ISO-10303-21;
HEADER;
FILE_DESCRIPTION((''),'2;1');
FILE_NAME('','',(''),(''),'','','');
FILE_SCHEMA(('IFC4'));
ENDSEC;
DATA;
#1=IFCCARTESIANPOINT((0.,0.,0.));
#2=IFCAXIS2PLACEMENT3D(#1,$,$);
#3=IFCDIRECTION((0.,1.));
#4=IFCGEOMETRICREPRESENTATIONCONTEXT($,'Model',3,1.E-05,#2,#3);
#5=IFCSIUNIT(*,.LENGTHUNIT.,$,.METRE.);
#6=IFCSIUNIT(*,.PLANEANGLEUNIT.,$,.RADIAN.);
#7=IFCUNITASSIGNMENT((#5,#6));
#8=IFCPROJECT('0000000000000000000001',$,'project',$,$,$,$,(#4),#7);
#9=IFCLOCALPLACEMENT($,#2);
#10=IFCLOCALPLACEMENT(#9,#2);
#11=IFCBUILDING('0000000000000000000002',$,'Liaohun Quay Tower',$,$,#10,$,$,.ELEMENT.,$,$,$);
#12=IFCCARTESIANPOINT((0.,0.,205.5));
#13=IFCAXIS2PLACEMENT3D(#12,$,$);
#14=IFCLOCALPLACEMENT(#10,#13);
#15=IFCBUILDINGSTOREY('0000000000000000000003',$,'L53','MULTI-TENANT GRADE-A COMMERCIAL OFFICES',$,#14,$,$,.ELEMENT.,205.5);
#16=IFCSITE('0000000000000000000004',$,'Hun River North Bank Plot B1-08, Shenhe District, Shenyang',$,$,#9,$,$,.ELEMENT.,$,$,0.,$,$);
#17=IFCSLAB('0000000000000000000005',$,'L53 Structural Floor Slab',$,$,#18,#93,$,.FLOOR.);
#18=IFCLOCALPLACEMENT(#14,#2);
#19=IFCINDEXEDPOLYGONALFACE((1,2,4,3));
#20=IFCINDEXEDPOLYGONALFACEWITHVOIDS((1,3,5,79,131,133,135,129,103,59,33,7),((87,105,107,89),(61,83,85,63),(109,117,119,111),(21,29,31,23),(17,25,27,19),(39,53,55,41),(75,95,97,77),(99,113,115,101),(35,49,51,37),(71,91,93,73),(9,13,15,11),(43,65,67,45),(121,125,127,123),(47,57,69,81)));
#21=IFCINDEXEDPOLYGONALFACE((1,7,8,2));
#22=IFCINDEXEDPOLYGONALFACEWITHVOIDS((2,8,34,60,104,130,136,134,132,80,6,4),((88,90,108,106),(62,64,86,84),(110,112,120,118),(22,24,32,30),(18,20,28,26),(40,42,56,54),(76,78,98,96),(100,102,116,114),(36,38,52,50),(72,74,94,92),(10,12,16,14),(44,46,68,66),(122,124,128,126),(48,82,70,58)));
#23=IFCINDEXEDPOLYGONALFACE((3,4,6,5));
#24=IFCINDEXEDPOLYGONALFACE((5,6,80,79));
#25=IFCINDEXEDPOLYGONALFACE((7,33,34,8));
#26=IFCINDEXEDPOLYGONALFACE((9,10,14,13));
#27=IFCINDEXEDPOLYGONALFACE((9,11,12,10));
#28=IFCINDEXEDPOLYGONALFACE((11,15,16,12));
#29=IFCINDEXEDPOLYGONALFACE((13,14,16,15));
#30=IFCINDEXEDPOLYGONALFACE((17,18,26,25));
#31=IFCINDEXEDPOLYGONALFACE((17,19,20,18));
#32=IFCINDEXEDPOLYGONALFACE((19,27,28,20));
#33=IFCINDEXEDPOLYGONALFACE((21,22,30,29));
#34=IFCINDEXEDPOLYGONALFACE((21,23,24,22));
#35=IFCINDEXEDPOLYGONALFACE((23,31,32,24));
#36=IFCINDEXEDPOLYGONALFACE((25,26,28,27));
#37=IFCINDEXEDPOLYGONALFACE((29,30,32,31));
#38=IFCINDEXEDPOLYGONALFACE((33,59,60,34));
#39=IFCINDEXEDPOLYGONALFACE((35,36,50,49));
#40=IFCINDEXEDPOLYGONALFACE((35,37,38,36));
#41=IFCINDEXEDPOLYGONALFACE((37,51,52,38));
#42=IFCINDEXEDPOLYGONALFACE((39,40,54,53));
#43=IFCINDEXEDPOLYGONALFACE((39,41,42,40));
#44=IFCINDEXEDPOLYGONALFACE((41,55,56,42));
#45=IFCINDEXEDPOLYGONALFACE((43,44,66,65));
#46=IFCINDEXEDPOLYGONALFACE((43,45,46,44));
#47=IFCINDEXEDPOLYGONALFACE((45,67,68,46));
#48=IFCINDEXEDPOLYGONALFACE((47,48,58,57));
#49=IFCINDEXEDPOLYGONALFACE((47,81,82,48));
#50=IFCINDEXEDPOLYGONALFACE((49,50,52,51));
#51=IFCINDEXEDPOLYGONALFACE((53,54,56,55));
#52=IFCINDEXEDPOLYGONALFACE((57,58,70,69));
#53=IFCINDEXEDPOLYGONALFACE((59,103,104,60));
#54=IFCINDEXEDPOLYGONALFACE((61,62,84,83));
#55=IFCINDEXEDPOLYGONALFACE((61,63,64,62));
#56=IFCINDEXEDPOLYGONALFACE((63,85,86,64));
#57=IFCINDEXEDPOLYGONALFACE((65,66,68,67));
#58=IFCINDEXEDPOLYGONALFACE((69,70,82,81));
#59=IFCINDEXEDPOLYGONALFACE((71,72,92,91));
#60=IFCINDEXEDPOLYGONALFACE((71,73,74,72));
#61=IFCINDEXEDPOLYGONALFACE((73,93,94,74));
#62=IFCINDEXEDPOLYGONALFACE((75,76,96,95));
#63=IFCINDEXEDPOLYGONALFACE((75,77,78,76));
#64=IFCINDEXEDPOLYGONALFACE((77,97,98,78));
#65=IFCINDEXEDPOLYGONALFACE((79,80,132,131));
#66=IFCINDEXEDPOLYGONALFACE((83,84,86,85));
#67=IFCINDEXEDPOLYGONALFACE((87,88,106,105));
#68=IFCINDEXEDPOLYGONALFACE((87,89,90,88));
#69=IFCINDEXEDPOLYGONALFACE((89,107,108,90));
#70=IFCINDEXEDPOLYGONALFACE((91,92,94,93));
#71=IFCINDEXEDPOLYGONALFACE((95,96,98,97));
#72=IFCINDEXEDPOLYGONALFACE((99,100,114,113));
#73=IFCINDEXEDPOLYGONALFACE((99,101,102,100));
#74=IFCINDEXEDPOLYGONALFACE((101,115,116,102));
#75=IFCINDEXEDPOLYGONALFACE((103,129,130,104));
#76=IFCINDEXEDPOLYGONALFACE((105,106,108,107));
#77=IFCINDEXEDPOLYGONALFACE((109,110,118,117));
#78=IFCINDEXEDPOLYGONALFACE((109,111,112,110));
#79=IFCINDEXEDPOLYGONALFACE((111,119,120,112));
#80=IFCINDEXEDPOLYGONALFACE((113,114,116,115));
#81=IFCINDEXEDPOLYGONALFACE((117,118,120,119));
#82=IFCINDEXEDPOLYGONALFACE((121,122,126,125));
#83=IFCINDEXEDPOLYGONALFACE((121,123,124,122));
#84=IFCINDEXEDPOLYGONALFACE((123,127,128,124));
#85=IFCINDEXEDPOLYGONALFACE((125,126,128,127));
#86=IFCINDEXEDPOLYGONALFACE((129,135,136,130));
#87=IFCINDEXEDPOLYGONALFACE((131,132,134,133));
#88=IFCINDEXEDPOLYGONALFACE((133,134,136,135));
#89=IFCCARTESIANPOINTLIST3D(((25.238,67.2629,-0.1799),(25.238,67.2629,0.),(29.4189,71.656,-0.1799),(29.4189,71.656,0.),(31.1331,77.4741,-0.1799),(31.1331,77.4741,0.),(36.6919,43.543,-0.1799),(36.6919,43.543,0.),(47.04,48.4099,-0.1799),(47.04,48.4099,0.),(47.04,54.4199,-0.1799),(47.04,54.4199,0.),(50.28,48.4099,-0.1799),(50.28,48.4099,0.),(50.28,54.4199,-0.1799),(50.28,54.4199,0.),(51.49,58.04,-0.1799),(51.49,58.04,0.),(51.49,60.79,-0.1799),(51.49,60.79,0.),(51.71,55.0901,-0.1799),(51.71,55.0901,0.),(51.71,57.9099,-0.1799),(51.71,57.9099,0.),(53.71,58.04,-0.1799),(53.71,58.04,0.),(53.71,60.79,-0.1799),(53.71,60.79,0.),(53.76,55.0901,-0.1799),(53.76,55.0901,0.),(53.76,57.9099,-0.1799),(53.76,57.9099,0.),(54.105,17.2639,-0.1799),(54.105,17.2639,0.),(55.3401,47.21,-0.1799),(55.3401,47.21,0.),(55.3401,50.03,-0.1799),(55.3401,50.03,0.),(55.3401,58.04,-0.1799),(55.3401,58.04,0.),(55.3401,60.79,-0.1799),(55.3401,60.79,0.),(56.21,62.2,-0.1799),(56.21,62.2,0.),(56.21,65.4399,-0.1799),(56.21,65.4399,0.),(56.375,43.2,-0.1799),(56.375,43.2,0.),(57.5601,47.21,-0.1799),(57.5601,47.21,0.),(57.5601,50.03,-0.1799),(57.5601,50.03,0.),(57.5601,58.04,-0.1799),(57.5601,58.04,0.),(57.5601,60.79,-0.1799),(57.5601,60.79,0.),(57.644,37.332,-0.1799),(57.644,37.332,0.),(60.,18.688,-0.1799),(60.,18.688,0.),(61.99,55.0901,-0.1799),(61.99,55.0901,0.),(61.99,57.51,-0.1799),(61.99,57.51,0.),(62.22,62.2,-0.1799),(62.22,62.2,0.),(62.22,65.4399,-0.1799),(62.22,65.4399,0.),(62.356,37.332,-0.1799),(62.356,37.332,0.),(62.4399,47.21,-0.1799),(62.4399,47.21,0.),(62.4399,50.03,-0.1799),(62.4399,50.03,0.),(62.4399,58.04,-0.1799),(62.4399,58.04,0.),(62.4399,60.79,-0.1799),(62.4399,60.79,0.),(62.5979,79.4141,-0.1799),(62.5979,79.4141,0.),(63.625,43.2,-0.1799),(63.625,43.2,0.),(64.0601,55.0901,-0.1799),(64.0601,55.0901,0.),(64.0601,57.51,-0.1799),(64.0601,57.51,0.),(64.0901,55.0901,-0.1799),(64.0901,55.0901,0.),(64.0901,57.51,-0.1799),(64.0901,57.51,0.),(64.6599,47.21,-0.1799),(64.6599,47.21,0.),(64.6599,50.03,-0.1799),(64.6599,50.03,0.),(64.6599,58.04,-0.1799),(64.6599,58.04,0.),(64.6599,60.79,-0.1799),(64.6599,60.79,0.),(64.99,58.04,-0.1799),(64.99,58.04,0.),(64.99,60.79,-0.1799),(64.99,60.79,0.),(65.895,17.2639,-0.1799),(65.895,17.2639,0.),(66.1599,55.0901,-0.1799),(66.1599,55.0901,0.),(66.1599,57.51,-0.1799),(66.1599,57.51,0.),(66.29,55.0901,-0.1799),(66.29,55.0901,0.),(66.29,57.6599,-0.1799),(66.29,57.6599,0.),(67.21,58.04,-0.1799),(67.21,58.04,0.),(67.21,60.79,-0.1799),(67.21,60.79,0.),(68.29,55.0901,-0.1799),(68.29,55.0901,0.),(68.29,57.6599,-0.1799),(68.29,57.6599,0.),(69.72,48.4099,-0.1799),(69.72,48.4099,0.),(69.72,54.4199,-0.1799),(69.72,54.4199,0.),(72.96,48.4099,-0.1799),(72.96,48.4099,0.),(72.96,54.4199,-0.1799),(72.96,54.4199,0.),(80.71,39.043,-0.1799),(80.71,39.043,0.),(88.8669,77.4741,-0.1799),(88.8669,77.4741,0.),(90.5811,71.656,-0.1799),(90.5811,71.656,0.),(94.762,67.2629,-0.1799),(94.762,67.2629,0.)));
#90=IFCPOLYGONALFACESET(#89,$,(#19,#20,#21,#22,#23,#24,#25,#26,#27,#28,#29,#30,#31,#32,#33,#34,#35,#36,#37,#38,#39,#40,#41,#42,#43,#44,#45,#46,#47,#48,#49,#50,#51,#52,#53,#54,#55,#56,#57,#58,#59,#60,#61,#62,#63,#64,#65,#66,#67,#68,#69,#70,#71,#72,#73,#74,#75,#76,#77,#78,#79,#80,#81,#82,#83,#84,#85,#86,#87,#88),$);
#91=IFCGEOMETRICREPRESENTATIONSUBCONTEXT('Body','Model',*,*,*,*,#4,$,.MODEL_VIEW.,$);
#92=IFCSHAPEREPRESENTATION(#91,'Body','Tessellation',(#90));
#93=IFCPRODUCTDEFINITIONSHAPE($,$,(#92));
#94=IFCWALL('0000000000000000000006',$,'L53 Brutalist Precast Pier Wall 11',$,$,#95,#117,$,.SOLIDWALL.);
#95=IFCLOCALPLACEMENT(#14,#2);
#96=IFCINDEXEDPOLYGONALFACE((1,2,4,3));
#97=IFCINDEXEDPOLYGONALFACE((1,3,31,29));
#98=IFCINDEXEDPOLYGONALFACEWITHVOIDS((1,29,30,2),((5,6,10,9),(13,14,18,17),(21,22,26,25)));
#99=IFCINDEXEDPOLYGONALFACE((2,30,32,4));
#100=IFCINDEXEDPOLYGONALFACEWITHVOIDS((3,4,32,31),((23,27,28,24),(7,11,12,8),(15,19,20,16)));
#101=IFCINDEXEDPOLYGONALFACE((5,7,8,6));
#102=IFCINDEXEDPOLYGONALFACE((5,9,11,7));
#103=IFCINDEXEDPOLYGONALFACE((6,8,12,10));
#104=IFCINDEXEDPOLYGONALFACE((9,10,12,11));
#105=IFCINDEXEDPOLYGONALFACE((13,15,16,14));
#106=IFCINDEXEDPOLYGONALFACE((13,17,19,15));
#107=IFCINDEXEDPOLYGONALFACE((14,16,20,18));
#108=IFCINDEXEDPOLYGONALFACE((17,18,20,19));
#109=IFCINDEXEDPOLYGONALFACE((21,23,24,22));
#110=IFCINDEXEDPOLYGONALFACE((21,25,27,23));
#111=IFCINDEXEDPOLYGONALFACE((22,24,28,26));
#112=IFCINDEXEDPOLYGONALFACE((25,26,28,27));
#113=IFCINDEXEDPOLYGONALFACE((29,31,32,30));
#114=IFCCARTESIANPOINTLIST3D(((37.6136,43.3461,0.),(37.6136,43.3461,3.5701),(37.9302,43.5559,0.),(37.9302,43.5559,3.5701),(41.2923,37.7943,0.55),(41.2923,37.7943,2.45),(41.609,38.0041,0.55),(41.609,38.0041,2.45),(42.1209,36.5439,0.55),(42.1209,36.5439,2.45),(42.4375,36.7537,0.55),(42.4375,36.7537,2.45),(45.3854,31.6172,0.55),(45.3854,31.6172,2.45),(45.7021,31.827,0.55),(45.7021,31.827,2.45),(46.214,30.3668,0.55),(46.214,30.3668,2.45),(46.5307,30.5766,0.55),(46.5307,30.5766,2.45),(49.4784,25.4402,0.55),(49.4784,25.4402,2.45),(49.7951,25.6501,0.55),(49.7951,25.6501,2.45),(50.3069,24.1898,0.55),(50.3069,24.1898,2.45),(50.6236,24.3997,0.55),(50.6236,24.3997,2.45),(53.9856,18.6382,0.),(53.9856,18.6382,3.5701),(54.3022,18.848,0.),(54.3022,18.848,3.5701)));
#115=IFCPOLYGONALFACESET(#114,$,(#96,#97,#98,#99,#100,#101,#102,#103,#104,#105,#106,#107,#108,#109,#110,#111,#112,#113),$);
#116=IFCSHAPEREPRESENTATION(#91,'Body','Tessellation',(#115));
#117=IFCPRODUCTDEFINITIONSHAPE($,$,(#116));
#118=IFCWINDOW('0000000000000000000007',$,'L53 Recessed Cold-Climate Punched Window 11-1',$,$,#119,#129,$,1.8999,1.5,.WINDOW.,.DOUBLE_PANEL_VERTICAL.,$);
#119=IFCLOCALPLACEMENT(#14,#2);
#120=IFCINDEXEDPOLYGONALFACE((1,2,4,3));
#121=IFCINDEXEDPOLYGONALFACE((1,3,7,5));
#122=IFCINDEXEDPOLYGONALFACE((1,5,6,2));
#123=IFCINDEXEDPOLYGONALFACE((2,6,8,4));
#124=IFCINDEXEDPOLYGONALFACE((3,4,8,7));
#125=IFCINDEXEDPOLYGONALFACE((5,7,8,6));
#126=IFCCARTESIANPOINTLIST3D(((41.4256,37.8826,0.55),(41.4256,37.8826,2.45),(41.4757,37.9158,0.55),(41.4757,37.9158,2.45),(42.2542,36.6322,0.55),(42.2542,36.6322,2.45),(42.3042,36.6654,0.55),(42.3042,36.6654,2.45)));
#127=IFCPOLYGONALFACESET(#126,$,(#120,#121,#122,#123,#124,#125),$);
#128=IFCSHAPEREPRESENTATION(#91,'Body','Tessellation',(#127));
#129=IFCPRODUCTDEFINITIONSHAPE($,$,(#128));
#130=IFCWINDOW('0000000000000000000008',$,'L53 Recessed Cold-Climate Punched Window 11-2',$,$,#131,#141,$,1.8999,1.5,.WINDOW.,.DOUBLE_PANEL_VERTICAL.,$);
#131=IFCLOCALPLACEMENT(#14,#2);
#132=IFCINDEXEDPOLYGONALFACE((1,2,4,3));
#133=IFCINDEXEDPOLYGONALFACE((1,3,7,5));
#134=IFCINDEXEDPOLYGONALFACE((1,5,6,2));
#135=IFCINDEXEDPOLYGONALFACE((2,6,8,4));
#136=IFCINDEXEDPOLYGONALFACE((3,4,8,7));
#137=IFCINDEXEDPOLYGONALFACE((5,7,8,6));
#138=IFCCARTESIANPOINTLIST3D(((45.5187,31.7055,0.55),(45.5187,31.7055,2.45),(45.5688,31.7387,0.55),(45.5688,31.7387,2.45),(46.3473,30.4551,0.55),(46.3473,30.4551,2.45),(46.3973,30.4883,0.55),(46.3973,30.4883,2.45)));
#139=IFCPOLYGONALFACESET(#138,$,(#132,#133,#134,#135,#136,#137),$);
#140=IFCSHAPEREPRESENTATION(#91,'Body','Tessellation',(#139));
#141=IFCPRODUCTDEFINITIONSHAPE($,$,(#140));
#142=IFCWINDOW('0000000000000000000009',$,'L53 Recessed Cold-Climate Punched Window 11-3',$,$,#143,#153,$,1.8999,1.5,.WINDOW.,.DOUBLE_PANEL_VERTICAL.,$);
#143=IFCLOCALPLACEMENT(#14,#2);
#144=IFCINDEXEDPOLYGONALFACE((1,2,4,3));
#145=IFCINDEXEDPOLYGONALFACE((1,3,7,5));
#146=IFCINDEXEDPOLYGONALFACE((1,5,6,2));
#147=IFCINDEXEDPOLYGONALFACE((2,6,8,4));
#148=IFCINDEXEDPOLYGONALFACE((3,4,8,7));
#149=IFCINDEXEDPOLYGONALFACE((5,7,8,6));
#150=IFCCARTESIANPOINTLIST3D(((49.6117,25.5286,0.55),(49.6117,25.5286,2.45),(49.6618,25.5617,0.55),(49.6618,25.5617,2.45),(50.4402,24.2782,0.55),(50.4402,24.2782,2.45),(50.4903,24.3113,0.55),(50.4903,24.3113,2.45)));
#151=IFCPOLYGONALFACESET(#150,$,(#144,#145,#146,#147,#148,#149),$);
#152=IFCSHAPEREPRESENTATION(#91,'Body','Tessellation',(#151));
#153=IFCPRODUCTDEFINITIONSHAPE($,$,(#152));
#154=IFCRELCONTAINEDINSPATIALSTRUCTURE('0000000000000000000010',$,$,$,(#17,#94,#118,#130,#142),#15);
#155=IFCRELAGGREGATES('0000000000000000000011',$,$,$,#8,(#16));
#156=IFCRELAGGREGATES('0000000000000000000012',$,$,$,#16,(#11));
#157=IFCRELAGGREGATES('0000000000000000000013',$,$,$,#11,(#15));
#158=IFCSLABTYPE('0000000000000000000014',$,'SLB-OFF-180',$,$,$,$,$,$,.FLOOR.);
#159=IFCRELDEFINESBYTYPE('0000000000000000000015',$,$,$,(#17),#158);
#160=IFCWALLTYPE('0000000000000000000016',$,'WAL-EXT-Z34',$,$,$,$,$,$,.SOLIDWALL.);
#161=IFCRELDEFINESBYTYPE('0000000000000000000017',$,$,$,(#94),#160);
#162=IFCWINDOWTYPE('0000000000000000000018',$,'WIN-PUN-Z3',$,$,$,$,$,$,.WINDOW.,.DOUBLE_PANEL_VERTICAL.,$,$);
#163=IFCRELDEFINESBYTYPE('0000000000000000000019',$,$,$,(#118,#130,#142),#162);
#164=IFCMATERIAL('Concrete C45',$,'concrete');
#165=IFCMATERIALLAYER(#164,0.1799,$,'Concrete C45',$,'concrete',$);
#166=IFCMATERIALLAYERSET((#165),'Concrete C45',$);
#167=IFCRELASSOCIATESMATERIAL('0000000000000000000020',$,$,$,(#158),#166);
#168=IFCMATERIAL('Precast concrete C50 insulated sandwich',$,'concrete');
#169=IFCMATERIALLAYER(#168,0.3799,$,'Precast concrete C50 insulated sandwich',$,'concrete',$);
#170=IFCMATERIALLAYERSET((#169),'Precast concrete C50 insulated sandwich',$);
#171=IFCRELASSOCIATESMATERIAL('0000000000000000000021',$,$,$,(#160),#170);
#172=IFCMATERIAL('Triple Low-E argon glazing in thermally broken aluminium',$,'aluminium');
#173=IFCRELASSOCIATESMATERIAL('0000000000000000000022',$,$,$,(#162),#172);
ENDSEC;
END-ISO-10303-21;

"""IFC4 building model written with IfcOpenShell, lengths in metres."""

from ifc_helpers import new_model, si_unit, direction, frame, frame_2d, origin, place, context, subcontext, project, spatial, polyline, rectangle, outline, extrude, source, transform, mapped, material, layer, layer_set, type_object, element, fill, save


model = new_model("IFC4")

# Units and contexts
model_context = context("Model", 3, precision=1e-05, world=origin(), true_north=direction((0.0, 1.0)))
body_context = subcontext(model_context, "Body", "Model", "MODEL_VIEW")
ifc_project = project(units=[si_unit("LENGTHUNIT", "METRE"), si_unit("PLANEANGLEUNIT", "RADIAN")], contexts=[model_context])

# Site, building, storey
site_placement = place(None, origin())
site = spatial("IfcSite", under=ifc_project, at=site_placement, Name="Hun River North Bank Plot B1-08, Shenhe District, Shenyang", CompositionType="ELEMENT", RefElevation=0.0)
building_placement = place(site_placement, origin())
building = spatial("IfcBuilding", under=site, at=building_placement, Name="Liaohun Quay Tower", CompositionType="ELEMENT")
storey_placement = place(building_placement, frame((0.0, 0.0, 205.5)))
storey = spatial("IfcBuildingStorey", under=building, at=storey_placement, Name="L53", Description="MULTI-TENANT GRADE-A COMMERCIAL OFFICES", CompositionType="ELEMENT", Elevation=205.5)

# Shared definitions
ifc_material_1 = material(Name="Concrete C45", Category="concrete")

# Slab
ifc_layer_1 = layer(ifc_material_1, 0.1799, Name="Concrete C45", Category="concrete")
ifc_layer_set_1 = layer_set([ifc_layer_1], Name="Concrete C45")
slab_type_1 = type_object("IfcSlabType", Name="SLB-OFF-180", PredefinedType="FLOOR", material=ifc_layer_set_1)
slab_1_placement = place(storey_placement, frame((0.0, 0.0, -0.1799)))
element("IfcSlab", 1, at=slab_1_placement, inside=storey, type_object=slab_type_1, Name="L53 Structural Floor Slab", PredefinedType="FLOOR", context=body_context, shape_type="SweptSolid", body=[
    extrude(outline(polyline([(54.105, 17.2639), (60.0, 18.688), (65.895, 17.2639), (80.71, 39.043), (94.762, 67.2629), (90.5811, 71.656), (88.8669, 77.4741), (62.5979, 79.4141), (31.1331, 77.4741), (29.4189, 71.656), (25.238, 67.2629), (36.6919, 43.543), (54.105, 17.2639)]), holes=[polyline([(63.625, 43.2), (56.375, 43.2), (57.644, 37.332), (62.356, 37.332), (63.625, 43.2)]), polyline([(57.5601, 47.21), (57.5601, 50.03), (55.3401, 50.03), (55.3401, 47.21), (57.5601, 47.21)]), polyline([(50.28, 54.4199), (47.04, 54.4199), (47.04, 48.4099), (50.28, 48.4099), (50.28, 54.4199)]), polyline([(53.76, 55.0901), (53.76, 57.9099), (51.71, 57.9099), (51.71, 55.0901), (53.76, 55.0901)]), polyline([(53.71, 58.04), (53.71, 60.79), (51.49, 60.79), (51.49, 58.04), (53.71, 58.04)]), polyline([(57.5601, 58.04), (57.5601, 60.79), (55.3401, 60.79), (55.3401, 58.04), (57.5601, 58.04)]), polyline([(62.22, 62.2), (62.22, 65.4399), (56.21, 65.4399), (56.21, 62.2), (62.22, 62.2)]), polyline([(64.6599, 50.03), (62.4399, 50.03), (62.4399, 47.21), (64.6599, 47.21), (64.6599, 50.03)]), polyline([(72.96, 54.4199), (69.72, 54.4199), (69.72, 48.4099), (72.96, 48.4099), (72.96, 54.4199)]), polyline([(64.0601, 55.0901), (64.0601, 57.51), (61.99, 57.51), (61.99, 55.0901), (64.0601, 55.0901)]), polyline([(66.1599, 55.0901), (66.1599, 57.51), (64.0901, 57.51), (64.0901, 55.0901), (66.1599, 55.0901)]), polyline([(68.29, 55.0901), (68.29, 57.6599), (66.29, 57.6599), (66.29, 55.0901), (68.29, 55.0901)]), polyline([(64.6599, 58.04), (64.6599, 60.79), (62.4399, 60.79), (62.4399, 58.04), (64.6599, 58.04)]), polyline([(67.21, 58.04), (67.21, 60.79), (64.99, 60.79), (64.99, 58.04), (67.21, 58.04)])]), origin(), (0.0, 0.0, 1.0), 0.1799),
])

# Wall, openings, windows
ifc_material_2 = material(Name="Precast concrete C50 insulated sandwich", Category="concrete")
ifc_layer_2 = layer(ifc_material_2, 0.3799, Name="Precast concrete C50 insulated sandwich", Category="concrete")
ifc_layer_set_2 = layer_set([ifc_layer_2], Name="Precast concrete C50 insulated sandwich")
wall_type_1 = type_object("IfcWallType", Name="WAL-EXT-Z34", PredefinedType="SOLIDWALL", material=ifc_layer_set_2)
wall_1_placement = place(storey_placement, frame((37.772, 43.4509, 0.0), z_axis=(0.0, 0.0, 1.0), x_axis=(0.552364, -0.833603, 0.0)))
wall_1 = element("IfcWall", 2, at=wall_1_placement, inside=storey, type_object=wall_type_1, Name="L53 Brutalist Precast Pier Wall 11", PredefinedType="SOLIDWALL", context=body_context, shape_type="SweptSolid", body=[
    extrude(rectangle(XDim=29.6399, YDim=0.3799, at=frame_2d((14.8198, 0.0))), origin(), (0.0, 0.0, 1.0), 3.5701),
])
shared_shape_1 = source(origin(), body_context, "Body", "SweptSolid", [
    extrude(rectangle(XDim=1.5, YDim=1.8999, at=frame_2d((0.75, 0.95))), frame((0.0, 0.2, 0.0), z_axis=(0.0, -1.0, 0.0), x_axis=(1.0, 0.0, 0.0)), (0.0, 0.0, 1.0), 0.3999),
])
opening_1_placement = place(wall_1_placement, frame((6.6599, 0.0, 0.55)))
opening_1 = element("IfcOpeningElement", 3, at=opening_1_placement, cuts=wall_1, PredefinedType="OPENING", context=body_context, shape_type="MappedRepresentation", body=[
    mapped(shared_shape_1, transform((0.0, 0.0, 0.0), x_axis=(1.0, 0.0, 0.0), y_axis=(0.0, 1.0, 0.0), z_axis=(0.0, 0.0, 1.0), scale=1.0)),
])
opening_2_placement = place(wall_1_placement, frame((14.0701, 0.0, 0.55)))
opening_2 = element("IfcOpeningElement", 4, at=opening_2_placement, cuts=wall_1, PredefinedType="OPENING", context=body_context, shape_type="MappedRepresentation", body=[
    mapped(shared_shape_1, transform((0.0, 0.0, 0.0), x_axis=(1.0, 0.0, 0.0), y_axis=(0.0, 1.0, 0.0), z_axis=(0.0, 0.0, 1.0), scale=1.0)),
])
opening_3_placement = place(wall_1_placement, frame((21.48, 0.0, 0.55)))
opening_3 = element("IfcOpeningElement", 5, at=opening_3_placement, cuts=wall_1, PredefinedType="OPENING", context=body_context, shape_type="MappedRepresentation", body=[
    mapped(shared_shape_1, transform((0.0, 0.0, 0.0), x_axis=(1.0, 0.0, 0.0), y_axis=(0.0, 1.0, 0.0), z_axis=(0.0, 0.0, 1.0), scale=1.0)),
])
ifc_material_3 = material(Name="Triple Low-E argon glazing in thermally broken aluminium", Category="aluminium")
window_type = type_object("IfcWindowType", Name="WIN-PUN-Z3", PartitioningType="DOUBLE_PANEL_VERTICAL", PredefinedType="WINDOW", material=ifc_material_3)
shared_shape_2 = source(origin(), body_context, "Body", "SweptSolid", [
    extrude(rectangle(XDim=1.5, YDim=1.8999, at=frame_2d((0.75, 0.95))), frame((0.0, 0.03, 0.0), z_axis=(0.0, -1.0, 0.0), x_axis=(1.0, 0.0, 0.0)), (0.0, 0.0, 1.0), 0.0601),
])
window_1_placement = place(opening_1_placement, origin())
window_1 = element("IfcWindow", 6, at=window_1_placement, inside=storey, type_object=window_type, Name="L53 Recessed Cold-Climate Punched Window 11-1", OverallHeight=1.8999, OverallWidth=1.5, PartitioningType="DOUBLE_PANEL_VERTICAL", PredefinedType="WINDOW", context=body_context, shape_type="MappedRepresentation", body=[
    mapped(shared_shape_2, transform((0.0, 0.0, 0.0), x_axis=(1.0, 0.0, 0.0), y_axis=(0.0, 1.0, 0.0), z_axis=(0.0, 0.0, 1.0), scale=1.0)),
])
fill(opening_1, window_1)
window_2_placement = place(opening_2_placement, origin())
window_2 = element("IfcWindow", 7, at=window_2_placement, inside=storey, type_object=window_type, Name="L53 Recessed Cold-Climate Punched Window 11-2", OverallHeight=1.8999, OverallWidth=1.5, PartitioningType="DOUBLE_PANEL_VERTICAL", PredefinedType="WINDOW", context=body_context, shape_type="MappedRepresentation", body=[
    mapped(shared_shape_2, transform((0.0, 0.0, 0.0), x_axis=(1.0, 0.0, 0.0), y_axis=(0.0, 1.0, 0.0), z_axis=(0.0, 0.0, 1.0), scale=1.0)),
])
fill(opening_2, window_2)
window_3_placement = place(opening_3_placement, origin())
window_3 = element("IfcWindow", 8, at=window_3_placement, inside=storey, type_object=window_type, Name="L53 Recessed Cold-Climate Punched Window 11-3", OverallHeight=1.8999, OverallWidth=1.5, PartitioningType="DOUBLE_PANEL_VERTICAL", PredefinedType="WINDOW", context=body_context, shape_type="MappedRepresentation", body=[
    mapped(shared_shape_2, transform((0.0, 0.0, 0.0), x_axis=(1.0, 0.0, 0.0), y_axis=(0.0, 1.0, 0.0), z_axis=(0.0, 0.0, 1.0), scale=1.0)),
])
fill(opening_3, window_3)

save(model, "model.ifc")
